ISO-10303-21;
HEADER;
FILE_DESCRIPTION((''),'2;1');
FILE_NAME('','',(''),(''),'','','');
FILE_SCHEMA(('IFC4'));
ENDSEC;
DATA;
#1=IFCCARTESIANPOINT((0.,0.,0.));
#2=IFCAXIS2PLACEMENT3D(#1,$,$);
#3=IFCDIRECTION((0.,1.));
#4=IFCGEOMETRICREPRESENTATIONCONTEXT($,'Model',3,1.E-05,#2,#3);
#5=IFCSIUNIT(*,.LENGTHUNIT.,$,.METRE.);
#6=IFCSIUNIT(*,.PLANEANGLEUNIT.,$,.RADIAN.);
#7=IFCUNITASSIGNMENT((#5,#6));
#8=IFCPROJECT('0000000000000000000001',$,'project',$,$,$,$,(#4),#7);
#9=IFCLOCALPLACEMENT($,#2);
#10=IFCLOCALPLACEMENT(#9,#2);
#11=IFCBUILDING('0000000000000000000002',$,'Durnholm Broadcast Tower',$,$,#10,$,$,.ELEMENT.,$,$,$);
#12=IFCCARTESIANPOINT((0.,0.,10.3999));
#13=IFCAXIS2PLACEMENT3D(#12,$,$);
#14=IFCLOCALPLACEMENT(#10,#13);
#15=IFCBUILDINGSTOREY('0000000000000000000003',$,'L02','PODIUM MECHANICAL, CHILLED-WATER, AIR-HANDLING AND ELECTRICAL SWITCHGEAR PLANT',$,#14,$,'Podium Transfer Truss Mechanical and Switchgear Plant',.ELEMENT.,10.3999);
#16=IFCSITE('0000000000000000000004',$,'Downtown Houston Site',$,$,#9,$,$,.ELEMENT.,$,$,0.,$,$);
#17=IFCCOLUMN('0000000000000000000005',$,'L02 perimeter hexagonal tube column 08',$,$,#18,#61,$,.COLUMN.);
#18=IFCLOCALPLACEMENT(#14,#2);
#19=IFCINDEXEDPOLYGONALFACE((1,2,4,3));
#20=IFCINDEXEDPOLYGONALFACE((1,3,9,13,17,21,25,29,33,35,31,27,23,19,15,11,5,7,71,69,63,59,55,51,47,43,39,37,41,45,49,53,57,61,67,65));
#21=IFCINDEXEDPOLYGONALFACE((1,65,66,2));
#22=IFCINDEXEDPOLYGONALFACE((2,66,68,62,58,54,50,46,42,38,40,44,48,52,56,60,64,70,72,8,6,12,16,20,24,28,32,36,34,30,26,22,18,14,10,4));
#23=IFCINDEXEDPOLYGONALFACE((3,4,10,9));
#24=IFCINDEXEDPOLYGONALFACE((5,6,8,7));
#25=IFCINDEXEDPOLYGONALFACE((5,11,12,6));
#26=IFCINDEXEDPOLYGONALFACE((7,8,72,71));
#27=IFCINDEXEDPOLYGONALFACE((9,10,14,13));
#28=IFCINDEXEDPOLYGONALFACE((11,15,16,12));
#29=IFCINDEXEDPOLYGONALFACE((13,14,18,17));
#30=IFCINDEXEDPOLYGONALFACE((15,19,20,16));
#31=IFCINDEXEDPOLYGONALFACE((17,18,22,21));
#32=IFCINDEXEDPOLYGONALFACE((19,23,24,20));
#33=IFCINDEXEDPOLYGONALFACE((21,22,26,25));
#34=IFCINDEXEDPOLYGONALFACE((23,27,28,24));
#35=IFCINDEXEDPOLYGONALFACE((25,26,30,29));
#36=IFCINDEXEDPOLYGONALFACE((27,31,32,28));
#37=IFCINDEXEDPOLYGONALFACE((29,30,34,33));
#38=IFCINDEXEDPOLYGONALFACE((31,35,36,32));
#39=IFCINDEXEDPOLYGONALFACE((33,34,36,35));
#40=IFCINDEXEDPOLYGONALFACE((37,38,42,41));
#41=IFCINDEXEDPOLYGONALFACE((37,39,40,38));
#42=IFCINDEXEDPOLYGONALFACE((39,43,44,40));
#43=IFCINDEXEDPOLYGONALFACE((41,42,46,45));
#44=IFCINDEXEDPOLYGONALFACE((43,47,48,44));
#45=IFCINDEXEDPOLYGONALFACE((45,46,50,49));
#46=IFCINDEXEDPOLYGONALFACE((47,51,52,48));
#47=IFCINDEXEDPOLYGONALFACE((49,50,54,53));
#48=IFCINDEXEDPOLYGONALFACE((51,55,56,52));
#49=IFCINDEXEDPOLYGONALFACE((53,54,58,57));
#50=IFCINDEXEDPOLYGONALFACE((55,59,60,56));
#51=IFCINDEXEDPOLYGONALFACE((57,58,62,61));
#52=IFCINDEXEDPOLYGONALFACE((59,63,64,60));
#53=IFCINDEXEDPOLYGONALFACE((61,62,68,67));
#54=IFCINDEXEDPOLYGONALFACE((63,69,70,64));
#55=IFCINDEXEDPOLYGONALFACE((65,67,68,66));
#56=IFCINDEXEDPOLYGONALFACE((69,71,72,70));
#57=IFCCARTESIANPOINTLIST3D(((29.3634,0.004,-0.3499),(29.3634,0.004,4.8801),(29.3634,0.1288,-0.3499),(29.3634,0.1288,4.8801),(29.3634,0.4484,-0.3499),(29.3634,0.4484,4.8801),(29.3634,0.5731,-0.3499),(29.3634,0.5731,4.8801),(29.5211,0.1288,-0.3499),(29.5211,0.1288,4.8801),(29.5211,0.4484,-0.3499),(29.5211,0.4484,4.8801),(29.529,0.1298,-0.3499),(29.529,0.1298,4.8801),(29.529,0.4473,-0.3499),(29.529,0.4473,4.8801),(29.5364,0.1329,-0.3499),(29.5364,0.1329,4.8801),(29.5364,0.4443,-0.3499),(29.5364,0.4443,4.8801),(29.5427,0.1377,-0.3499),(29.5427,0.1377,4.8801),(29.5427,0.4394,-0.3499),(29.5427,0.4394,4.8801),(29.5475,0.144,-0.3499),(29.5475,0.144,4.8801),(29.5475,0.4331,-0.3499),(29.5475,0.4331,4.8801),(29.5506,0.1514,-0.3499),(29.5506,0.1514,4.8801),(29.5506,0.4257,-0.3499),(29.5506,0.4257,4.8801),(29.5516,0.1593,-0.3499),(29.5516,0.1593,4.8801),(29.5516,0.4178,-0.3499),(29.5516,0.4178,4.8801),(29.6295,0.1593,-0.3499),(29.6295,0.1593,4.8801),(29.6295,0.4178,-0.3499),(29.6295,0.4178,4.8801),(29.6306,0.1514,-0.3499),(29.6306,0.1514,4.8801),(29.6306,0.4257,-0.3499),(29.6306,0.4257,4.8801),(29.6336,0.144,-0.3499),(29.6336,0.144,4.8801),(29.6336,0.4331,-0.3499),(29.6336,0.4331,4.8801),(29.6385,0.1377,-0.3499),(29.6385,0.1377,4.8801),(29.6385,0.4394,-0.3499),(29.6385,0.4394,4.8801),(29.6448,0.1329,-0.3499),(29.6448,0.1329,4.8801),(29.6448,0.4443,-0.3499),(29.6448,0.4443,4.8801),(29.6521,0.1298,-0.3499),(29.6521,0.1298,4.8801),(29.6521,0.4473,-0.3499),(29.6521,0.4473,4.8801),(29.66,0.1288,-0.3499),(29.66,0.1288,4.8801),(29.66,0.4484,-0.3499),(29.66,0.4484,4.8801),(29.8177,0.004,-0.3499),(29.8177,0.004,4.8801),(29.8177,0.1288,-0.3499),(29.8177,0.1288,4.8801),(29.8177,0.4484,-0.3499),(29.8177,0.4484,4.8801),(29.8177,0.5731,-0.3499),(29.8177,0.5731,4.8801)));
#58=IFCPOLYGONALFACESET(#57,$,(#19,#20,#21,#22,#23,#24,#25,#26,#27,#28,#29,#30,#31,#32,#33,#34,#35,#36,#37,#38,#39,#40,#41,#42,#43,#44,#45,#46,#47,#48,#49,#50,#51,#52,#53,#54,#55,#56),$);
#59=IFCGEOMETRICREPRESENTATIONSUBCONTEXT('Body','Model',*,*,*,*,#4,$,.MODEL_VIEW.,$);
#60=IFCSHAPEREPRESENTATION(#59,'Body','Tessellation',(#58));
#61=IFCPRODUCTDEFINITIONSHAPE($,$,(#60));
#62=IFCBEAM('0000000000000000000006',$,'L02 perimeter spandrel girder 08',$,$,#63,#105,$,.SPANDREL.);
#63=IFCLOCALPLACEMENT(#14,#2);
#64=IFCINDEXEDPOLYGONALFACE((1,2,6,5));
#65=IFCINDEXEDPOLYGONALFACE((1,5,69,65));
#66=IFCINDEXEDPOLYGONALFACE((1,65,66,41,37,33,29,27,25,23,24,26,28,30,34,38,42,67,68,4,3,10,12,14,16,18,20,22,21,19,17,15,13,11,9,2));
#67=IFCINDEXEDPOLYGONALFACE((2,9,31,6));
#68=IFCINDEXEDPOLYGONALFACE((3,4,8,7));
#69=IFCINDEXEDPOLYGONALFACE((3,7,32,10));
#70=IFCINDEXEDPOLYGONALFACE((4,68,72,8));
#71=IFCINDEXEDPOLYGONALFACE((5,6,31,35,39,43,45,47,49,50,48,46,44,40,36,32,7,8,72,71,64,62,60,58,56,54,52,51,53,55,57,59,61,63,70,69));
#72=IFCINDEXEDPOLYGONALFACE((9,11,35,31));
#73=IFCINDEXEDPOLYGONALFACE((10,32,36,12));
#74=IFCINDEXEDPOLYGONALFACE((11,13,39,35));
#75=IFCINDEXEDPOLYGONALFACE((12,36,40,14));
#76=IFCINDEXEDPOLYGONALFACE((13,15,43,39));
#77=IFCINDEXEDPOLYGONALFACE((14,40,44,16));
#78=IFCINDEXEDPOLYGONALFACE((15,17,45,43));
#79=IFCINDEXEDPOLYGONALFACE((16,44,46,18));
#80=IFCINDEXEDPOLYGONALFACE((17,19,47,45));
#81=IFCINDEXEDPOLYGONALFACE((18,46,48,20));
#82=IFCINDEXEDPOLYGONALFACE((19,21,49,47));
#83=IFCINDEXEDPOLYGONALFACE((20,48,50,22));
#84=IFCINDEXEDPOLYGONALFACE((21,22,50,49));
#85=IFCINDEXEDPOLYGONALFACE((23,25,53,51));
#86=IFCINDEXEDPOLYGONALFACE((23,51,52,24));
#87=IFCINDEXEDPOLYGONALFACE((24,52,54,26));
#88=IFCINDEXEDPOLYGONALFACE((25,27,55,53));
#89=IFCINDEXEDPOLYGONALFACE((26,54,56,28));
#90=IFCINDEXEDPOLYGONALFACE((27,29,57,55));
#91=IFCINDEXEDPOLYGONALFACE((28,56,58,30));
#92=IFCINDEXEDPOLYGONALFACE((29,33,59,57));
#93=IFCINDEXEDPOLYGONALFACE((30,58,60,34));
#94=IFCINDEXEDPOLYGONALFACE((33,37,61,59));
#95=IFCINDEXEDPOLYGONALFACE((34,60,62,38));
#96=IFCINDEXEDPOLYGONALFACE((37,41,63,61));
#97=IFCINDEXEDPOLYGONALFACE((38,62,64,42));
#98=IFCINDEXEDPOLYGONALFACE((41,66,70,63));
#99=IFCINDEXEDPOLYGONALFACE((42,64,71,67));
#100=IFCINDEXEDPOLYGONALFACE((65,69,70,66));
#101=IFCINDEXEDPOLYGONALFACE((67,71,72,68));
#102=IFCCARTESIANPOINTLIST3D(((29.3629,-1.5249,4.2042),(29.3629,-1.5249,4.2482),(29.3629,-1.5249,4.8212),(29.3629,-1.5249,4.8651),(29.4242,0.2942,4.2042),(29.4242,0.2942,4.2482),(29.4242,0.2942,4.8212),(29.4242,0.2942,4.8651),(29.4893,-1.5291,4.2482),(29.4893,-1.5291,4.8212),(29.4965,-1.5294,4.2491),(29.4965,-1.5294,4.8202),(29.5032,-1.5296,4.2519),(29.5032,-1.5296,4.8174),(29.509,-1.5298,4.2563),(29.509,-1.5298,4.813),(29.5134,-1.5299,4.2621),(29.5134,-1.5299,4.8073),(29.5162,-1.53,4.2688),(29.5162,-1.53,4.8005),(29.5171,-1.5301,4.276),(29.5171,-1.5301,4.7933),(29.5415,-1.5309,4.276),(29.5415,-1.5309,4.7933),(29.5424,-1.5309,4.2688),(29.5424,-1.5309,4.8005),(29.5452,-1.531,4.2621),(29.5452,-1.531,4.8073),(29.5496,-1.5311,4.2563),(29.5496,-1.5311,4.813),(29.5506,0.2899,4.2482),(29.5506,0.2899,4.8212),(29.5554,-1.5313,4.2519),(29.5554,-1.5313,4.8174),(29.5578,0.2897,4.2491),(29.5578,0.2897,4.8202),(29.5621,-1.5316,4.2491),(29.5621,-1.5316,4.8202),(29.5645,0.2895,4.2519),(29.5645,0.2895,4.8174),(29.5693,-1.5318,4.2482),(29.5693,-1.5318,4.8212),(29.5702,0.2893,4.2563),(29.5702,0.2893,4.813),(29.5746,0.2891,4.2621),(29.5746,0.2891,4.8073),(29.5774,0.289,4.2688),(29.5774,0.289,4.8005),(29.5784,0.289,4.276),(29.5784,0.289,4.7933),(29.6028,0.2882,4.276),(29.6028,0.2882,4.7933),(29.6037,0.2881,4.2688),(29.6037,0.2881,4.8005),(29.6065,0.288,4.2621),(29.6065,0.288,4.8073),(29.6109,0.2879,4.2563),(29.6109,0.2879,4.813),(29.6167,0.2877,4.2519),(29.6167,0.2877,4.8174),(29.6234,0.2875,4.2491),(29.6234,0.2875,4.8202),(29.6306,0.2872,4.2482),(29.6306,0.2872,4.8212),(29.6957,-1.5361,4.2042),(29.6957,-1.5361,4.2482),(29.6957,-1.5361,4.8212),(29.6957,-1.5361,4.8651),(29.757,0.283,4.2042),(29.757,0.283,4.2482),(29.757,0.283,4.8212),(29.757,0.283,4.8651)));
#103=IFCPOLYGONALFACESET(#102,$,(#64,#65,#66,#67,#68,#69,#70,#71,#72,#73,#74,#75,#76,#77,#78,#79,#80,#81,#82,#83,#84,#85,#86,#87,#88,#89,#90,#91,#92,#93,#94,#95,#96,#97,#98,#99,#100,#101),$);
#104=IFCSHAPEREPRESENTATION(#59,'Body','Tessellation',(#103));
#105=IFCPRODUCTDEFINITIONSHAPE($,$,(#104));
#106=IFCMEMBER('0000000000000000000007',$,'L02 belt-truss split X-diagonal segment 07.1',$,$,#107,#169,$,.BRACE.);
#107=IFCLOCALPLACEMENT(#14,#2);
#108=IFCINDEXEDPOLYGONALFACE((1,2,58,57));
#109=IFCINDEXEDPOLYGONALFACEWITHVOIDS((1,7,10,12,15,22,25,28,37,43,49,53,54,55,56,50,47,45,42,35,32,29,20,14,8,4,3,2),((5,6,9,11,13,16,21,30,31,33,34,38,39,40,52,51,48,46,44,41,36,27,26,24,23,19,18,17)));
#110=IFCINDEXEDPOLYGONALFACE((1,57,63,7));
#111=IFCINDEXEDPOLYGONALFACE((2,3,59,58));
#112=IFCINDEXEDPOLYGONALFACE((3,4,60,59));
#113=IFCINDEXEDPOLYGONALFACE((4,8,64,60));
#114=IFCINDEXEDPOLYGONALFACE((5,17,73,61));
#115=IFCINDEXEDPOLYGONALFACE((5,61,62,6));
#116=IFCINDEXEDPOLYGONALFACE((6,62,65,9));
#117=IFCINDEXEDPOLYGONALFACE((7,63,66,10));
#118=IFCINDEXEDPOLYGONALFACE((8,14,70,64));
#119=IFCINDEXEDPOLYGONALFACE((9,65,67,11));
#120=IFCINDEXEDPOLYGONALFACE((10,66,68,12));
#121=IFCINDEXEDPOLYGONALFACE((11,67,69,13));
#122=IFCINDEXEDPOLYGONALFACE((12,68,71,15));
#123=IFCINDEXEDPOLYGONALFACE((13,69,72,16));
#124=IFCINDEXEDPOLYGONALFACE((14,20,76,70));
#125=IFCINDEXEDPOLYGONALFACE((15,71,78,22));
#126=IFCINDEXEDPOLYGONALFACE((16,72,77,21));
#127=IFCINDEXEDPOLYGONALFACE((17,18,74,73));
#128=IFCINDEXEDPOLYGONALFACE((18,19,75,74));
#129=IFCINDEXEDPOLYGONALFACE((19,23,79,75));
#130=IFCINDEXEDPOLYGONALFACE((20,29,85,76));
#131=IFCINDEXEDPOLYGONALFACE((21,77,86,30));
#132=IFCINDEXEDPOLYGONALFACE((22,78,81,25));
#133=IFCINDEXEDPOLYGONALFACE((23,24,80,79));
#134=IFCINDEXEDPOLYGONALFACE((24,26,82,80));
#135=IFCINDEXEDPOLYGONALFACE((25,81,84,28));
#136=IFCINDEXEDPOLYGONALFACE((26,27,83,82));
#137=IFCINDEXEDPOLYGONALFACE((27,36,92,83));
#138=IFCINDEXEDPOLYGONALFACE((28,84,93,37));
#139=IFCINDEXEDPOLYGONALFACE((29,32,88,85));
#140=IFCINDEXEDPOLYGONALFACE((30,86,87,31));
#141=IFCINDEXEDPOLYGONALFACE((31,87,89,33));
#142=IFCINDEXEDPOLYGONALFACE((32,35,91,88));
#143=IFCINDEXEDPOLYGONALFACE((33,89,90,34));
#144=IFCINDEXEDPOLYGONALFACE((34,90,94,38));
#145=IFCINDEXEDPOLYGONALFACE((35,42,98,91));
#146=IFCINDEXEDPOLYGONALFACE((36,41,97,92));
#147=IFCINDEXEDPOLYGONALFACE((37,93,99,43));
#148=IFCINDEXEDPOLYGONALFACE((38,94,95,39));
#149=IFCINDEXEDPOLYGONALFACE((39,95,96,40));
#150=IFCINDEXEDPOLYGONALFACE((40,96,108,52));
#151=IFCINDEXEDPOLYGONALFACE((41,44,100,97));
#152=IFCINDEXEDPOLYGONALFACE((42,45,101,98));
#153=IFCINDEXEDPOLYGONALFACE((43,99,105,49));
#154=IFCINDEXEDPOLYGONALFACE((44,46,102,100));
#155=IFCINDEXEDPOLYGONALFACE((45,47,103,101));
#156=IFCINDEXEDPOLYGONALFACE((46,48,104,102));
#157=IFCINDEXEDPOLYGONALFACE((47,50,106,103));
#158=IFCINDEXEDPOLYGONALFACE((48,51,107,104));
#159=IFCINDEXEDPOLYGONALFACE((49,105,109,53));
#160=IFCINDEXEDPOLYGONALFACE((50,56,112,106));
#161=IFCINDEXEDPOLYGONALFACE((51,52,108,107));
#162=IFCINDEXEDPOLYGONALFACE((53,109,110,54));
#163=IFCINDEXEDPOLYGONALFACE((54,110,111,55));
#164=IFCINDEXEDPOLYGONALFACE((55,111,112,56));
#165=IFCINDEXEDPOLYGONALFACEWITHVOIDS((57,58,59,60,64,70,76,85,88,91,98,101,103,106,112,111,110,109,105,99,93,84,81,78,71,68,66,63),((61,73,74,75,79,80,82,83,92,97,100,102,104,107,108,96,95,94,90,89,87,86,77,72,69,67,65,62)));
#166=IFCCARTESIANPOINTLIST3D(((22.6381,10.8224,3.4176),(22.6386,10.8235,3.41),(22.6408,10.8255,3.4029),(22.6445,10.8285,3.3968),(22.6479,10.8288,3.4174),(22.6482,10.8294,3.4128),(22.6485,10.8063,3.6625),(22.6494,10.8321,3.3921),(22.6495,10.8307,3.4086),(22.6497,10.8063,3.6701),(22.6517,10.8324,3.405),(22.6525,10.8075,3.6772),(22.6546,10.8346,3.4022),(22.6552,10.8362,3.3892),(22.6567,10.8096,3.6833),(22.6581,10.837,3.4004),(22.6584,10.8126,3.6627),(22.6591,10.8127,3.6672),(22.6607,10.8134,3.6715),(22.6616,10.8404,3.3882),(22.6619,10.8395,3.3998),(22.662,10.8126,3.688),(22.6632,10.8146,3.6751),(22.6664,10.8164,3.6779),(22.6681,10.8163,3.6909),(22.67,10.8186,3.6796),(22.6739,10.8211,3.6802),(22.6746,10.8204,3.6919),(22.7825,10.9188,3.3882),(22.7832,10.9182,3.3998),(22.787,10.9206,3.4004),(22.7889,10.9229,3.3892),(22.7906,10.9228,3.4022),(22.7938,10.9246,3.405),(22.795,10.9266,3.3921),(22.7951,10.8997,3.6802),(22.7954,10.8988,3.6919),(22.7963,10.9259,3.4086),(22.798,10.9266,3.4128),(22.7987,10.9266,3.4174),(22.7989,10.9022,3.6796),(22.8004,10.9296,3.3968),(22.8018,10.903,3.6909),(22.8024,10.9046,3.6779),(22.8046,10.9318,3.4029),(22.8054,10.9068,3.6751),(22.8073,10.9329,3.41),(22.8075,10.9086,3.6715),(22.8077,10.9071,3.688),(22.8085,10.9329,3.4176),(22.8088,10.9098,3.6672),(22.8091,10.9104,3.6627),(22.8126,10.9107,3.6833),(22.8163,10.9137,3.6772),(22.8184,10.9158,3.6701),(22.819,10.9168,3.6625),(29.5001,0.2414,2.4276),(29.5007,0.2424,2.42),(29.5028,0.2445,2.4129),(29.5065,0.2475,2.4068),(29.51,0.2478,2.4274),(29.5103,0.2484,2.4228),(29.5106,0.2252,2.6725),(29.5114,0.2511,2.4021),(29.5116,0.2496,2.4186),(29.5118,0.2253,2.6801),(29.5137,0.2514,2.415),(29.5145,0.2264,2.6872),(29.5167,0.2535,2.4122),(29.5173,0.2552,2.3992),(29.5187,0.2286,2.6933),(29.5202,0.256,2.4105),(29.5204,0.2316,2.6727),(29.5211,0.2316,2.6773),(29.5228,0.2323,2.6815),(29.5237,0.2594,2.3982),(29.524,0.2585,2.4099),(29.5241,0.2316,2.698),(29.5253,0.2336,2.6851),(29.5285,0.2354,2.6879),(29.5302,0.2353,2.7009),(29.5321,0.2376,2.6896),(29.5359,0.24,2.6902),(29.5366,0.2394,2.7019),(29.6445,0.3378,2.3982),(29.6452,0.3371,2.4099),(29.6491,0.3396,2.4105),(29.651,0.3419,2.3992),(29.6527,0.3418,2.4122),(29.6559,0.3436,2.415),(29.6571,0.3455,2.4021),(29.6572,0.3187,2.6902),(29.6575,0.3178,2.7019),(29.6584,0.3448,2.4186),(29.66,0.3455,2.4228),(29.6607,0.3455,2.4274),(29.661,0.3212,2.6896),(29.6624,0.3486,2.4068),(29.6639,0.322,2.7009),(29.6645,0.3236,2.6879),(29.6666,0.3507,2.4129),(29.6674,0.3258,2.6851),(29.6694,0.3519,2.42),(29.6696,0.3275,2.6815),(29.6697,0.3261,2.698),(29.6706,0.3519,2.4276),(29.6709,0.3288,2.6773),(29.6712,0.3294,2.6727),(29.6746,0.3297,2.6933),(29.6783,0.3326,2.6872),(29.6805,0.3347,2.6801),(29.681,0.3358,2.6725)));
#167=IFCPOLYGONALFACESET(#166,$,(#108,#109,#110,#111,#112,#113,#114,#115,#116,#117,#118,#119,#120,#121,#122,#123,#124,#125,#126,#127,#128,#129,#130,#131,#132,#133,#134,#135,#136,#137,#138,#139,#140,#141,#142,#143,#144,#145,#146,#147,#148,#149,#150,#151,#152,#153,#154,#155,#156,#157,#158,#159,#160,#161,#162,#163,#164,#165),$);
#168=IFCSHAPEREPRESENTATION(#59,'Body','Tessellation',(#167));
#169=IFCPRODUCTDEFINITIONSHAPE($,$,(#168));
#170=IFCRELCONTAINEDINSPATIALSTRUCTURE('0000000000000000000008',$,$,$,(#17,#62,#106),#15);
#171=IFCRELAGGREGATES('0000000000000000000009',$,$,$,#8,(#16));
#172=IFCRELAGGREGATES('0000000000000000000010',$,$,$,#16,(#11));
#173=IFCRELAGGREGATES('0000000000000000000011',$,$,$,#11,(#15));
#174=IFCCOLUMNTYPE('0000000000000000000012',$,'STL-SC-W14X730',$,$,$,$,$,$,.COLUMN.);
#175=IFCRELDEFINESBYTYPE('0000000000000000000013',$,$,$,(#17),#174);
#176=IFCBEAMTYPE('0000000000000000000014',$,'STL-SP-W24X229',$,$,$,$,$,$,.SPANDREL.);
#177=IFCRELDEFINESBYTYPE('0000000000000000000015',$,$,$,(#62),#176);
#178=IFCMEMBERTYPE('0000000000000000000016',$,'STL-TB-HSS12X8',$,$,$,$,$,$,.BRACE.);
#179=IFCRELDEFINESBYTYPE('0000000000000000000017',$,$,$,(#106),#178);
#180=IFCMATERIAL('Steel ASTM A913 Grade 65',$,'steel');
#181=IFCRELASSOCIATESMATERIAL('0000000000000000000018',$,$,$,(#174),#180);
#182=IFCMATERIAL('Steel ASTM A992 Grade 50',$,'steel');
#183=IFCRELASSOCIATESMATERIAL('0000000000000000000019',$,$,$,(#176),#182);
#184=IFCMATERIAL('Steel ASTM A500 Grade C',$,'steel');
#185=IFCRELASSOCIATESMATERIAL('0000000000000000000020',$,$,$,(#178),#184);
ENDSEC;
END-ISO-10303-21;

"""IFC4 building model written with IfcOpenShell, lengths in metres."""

from ifc_helpers import new_model, si_unit, direction, frame, origin, origin_2d, place, context, subcontext, project, spatial, hollow_rectangle, i_section, extrude, source, transform, mapped, material, material_profile, profile_set, type_object, type_shapes, element, save


model = new_model("IFC4")

# Units and contexts
model_context = context("Model", 3, precision=1e-05, world=origin(), true_north=direction((0.0, 1.0)))
body_context = subcontext(model_context, "Body", "Model", "MODEL_VIEW")
ifc_project = project(units=[si_unit("LENGTHUNIT", "METRE"), si_unit("PLANEANGLEUNIT", "RADIAN")], contexts=[model_context])

# Site, building, storey
site_placement = place(None, origin())
site = spatial("IfcSite", under=ifc_project, at=site_placement, Name="Downtown Houston Site", CompositionType="ELEMENT", RefElevation=0.0)
building_placement = place(site_placement, origin())
building = spatial("IfcBuilding", under=site, at=building_placement, Name="Durnholm Broadcast Tower", CompositionType="ELEMENT")
storey_placement = place(building_placement, frame((0.0, 0.0, 10.3999)))
storey = spatial("IfcBuildingStorey", under=building, at=storey_placement, Name="L02", Description="PODIUM MECHANICAL, CHILLED-WATER, AIR-HANDLING AND ELECTRICAL SWITCHGEAR PLANT", LongName="Podium Transfer Truss Mechanical and Switchgear Plant", CompositionType="ELEMENT", Elevation=10.3999)

# Column
ifc_material_1 = material(Name="Steel ASTM A913 Grade 65", Category="steel")
ifc_material_profile_1 = material_profile(ifc_material_1, i_section(OverallWidth=0.4543, OverallDepth=0.5691, WebThickness=0.0779, FlangeThickness=0.1248, FilletRadius=0.0305, at=origin_2d()), Name="W14X730")
ifc_profile_set_1 = profile_set([ifc_material_profile_1], Name="Steel ASTM A913 Grade 65")
column_type = type_object("IfcColumnType", Name="STL-SC-W14X730", PredefinedType="COLUMN", material=ifc_profile_set_1)
shared_shape_1 = source(origin(), body_context, "Body", "SweptSolid", [
    extrude(i_section(OverallWidth=0.4543, OverallDepth=0.5691, WebThickness=0.0779, FlangeThickness=0.1248, FilletRadius=0.0305, at=origin_2d()), origin(), (0.0, 0.0, 1.0), 5.23),
])
type_shapes(column_type, [shared_shape_1])
column_placement = place(storey_placement, frame((29.5906, 0.2886, -0.3499), z_axis=(0.0, 0.0, 1.0), x_axis=(1.0, 0.0, 0.0)))
element("IfcColumn", 1, at=column_placement, inside=storey, type_object=column_type, Name="L02 perimeter hexagonal tube column 08", PredefinedType="COLUMN", context=body_context, shape_type="MappedRepresentation", body=[
    mapped(shared_shape_1, transform((0.0, 0.0, 0.0), x_axis=(1.0, 0.0, 0.0), y_axis=(0.0, 1.0, 0.0), z_axis=(0.0, 0.0, 1.0), scale=1.0)),
])

# Beam
ifc_material_2 = material(Name="Steel ASTM A992 Grade 50", Category="steel")
ifc_material_profile_2 = material_profile(ifc_material_2, i_section(OverallWidth=0.333, OverallDepth=0.6609, WebThickness=0.0244, FlangeThickness=0.0439, FilletRadius=0.0278, at=origin_2d()), Name="W24X229")
ifc_profile_set_2 = profile_set([ifc_material_profile_2], Name="Steel ASTM A992 Grade 50")
beam_type_1 = type_object("IfcBeamType", Name="STL-SP-W24X229", PredefinedType="SPANDREL", material=ifc_profile_set_2)
shared_shape_2 = source(origin(), body_context, "Body", "SweptSolid", [
    extrude(i_section(OverallWidth=0.333, OverallDepth=0.6609, WebThickness=0.0244, FlangeThickness=0.0439, FilletRadius=0.0278, at=origin_2d()), origin(), (0.0, 0.0, 1.0), 1.8201),
])
type_shapes(beam_type_1, [shared_shape_2])
beam_1_placement = place(storey_placement, frame((29.5906, 0.2886, 4.5347), z_axis=(-0.033668, -0.999433, 0.0), x_axis=(0.999433, -0.033668, 0.0)))
element("IfcBeam", 2, at=beam_1_placement, inside=storey, type_object=beam_type_1, Name="L02 perimeter spandrel girder 08", PredefinedType="SPANDREL", context=body_context, shape_type="MappedRepresentation", body=[
    mapped(shared_shape_2, transform((0.0, 0.0, 0.0), x_axis=(1.0, 0.0, 0.0), y_axis=(0.0, 1.0, 0.0), z_axis=(0.0, 0.0, 1.0), scale=1.0)),
])

# Member
ifc_material_3 = material(Name="Steel ASTM A500 Grade C", Category="steel")
ifc_material_profile_3 = material_profile(ifc_material_3, hollow_rectangle(XDim=0.2031, YDim=0.3047, WallThickness=0.0117, InnerFilletRadius=0.0176, OuterFilletRadius=0.0295, at=origin_2d()), Name="HSS12X8X1/2")
ifc_profile_set_3 = profile_set([ifc_material_profile_3], Name="Steel ASTM A500 Grade C")
member_type_1 = type_object("IfcMemberType", Name="STL-TB-HSS12X8", PredefinedType="BRACE", material=ifc_profile_set_3)
shared_shape_3 = source(origin(), body_context, "Body", "SweptSolid", [
    extrude(hollow_rectangle(XDim=0.2031, YDim=0.3047, WallThickness=0.0117, InnerFilletRadius=0.0176, OuterFilletRadius=0.0295, at=origin_2d()), origin(), (0.0, 0.0, 1.0), 12.6501),
])
type_shapes(member_type_1, [shared_shape_3])
for number, where, z_axis, x_axis, name in (
    (3, (29.5906, 0.2886, 2.55), (-0.542448, 0.836436, 0.078259), (-0.839009, -0.544117, 0.0), "L02 belt-truss split X-diagonal segment 07.1"),
):
    element("IfcMember", number, at=place(storey_placement, frame(where, z_axis=z_axis, x_axis=x_axis)), inside=storey, type_object=member_type_1, Name=name, PredefinedType="BRACE", context=body_context, shape_type="MappedRepresentation", body=[
        mapped(shared_shape_3, transform((0.0, 0.0, 0.0), x_axis=(1.0, 0.0, 0.0), y_axis=(0.0, 1.0, 0.0), z_axis=(0.0, 0.0, 1.0), scale=1.0)),
    ])

save(model, "model.ifc")
